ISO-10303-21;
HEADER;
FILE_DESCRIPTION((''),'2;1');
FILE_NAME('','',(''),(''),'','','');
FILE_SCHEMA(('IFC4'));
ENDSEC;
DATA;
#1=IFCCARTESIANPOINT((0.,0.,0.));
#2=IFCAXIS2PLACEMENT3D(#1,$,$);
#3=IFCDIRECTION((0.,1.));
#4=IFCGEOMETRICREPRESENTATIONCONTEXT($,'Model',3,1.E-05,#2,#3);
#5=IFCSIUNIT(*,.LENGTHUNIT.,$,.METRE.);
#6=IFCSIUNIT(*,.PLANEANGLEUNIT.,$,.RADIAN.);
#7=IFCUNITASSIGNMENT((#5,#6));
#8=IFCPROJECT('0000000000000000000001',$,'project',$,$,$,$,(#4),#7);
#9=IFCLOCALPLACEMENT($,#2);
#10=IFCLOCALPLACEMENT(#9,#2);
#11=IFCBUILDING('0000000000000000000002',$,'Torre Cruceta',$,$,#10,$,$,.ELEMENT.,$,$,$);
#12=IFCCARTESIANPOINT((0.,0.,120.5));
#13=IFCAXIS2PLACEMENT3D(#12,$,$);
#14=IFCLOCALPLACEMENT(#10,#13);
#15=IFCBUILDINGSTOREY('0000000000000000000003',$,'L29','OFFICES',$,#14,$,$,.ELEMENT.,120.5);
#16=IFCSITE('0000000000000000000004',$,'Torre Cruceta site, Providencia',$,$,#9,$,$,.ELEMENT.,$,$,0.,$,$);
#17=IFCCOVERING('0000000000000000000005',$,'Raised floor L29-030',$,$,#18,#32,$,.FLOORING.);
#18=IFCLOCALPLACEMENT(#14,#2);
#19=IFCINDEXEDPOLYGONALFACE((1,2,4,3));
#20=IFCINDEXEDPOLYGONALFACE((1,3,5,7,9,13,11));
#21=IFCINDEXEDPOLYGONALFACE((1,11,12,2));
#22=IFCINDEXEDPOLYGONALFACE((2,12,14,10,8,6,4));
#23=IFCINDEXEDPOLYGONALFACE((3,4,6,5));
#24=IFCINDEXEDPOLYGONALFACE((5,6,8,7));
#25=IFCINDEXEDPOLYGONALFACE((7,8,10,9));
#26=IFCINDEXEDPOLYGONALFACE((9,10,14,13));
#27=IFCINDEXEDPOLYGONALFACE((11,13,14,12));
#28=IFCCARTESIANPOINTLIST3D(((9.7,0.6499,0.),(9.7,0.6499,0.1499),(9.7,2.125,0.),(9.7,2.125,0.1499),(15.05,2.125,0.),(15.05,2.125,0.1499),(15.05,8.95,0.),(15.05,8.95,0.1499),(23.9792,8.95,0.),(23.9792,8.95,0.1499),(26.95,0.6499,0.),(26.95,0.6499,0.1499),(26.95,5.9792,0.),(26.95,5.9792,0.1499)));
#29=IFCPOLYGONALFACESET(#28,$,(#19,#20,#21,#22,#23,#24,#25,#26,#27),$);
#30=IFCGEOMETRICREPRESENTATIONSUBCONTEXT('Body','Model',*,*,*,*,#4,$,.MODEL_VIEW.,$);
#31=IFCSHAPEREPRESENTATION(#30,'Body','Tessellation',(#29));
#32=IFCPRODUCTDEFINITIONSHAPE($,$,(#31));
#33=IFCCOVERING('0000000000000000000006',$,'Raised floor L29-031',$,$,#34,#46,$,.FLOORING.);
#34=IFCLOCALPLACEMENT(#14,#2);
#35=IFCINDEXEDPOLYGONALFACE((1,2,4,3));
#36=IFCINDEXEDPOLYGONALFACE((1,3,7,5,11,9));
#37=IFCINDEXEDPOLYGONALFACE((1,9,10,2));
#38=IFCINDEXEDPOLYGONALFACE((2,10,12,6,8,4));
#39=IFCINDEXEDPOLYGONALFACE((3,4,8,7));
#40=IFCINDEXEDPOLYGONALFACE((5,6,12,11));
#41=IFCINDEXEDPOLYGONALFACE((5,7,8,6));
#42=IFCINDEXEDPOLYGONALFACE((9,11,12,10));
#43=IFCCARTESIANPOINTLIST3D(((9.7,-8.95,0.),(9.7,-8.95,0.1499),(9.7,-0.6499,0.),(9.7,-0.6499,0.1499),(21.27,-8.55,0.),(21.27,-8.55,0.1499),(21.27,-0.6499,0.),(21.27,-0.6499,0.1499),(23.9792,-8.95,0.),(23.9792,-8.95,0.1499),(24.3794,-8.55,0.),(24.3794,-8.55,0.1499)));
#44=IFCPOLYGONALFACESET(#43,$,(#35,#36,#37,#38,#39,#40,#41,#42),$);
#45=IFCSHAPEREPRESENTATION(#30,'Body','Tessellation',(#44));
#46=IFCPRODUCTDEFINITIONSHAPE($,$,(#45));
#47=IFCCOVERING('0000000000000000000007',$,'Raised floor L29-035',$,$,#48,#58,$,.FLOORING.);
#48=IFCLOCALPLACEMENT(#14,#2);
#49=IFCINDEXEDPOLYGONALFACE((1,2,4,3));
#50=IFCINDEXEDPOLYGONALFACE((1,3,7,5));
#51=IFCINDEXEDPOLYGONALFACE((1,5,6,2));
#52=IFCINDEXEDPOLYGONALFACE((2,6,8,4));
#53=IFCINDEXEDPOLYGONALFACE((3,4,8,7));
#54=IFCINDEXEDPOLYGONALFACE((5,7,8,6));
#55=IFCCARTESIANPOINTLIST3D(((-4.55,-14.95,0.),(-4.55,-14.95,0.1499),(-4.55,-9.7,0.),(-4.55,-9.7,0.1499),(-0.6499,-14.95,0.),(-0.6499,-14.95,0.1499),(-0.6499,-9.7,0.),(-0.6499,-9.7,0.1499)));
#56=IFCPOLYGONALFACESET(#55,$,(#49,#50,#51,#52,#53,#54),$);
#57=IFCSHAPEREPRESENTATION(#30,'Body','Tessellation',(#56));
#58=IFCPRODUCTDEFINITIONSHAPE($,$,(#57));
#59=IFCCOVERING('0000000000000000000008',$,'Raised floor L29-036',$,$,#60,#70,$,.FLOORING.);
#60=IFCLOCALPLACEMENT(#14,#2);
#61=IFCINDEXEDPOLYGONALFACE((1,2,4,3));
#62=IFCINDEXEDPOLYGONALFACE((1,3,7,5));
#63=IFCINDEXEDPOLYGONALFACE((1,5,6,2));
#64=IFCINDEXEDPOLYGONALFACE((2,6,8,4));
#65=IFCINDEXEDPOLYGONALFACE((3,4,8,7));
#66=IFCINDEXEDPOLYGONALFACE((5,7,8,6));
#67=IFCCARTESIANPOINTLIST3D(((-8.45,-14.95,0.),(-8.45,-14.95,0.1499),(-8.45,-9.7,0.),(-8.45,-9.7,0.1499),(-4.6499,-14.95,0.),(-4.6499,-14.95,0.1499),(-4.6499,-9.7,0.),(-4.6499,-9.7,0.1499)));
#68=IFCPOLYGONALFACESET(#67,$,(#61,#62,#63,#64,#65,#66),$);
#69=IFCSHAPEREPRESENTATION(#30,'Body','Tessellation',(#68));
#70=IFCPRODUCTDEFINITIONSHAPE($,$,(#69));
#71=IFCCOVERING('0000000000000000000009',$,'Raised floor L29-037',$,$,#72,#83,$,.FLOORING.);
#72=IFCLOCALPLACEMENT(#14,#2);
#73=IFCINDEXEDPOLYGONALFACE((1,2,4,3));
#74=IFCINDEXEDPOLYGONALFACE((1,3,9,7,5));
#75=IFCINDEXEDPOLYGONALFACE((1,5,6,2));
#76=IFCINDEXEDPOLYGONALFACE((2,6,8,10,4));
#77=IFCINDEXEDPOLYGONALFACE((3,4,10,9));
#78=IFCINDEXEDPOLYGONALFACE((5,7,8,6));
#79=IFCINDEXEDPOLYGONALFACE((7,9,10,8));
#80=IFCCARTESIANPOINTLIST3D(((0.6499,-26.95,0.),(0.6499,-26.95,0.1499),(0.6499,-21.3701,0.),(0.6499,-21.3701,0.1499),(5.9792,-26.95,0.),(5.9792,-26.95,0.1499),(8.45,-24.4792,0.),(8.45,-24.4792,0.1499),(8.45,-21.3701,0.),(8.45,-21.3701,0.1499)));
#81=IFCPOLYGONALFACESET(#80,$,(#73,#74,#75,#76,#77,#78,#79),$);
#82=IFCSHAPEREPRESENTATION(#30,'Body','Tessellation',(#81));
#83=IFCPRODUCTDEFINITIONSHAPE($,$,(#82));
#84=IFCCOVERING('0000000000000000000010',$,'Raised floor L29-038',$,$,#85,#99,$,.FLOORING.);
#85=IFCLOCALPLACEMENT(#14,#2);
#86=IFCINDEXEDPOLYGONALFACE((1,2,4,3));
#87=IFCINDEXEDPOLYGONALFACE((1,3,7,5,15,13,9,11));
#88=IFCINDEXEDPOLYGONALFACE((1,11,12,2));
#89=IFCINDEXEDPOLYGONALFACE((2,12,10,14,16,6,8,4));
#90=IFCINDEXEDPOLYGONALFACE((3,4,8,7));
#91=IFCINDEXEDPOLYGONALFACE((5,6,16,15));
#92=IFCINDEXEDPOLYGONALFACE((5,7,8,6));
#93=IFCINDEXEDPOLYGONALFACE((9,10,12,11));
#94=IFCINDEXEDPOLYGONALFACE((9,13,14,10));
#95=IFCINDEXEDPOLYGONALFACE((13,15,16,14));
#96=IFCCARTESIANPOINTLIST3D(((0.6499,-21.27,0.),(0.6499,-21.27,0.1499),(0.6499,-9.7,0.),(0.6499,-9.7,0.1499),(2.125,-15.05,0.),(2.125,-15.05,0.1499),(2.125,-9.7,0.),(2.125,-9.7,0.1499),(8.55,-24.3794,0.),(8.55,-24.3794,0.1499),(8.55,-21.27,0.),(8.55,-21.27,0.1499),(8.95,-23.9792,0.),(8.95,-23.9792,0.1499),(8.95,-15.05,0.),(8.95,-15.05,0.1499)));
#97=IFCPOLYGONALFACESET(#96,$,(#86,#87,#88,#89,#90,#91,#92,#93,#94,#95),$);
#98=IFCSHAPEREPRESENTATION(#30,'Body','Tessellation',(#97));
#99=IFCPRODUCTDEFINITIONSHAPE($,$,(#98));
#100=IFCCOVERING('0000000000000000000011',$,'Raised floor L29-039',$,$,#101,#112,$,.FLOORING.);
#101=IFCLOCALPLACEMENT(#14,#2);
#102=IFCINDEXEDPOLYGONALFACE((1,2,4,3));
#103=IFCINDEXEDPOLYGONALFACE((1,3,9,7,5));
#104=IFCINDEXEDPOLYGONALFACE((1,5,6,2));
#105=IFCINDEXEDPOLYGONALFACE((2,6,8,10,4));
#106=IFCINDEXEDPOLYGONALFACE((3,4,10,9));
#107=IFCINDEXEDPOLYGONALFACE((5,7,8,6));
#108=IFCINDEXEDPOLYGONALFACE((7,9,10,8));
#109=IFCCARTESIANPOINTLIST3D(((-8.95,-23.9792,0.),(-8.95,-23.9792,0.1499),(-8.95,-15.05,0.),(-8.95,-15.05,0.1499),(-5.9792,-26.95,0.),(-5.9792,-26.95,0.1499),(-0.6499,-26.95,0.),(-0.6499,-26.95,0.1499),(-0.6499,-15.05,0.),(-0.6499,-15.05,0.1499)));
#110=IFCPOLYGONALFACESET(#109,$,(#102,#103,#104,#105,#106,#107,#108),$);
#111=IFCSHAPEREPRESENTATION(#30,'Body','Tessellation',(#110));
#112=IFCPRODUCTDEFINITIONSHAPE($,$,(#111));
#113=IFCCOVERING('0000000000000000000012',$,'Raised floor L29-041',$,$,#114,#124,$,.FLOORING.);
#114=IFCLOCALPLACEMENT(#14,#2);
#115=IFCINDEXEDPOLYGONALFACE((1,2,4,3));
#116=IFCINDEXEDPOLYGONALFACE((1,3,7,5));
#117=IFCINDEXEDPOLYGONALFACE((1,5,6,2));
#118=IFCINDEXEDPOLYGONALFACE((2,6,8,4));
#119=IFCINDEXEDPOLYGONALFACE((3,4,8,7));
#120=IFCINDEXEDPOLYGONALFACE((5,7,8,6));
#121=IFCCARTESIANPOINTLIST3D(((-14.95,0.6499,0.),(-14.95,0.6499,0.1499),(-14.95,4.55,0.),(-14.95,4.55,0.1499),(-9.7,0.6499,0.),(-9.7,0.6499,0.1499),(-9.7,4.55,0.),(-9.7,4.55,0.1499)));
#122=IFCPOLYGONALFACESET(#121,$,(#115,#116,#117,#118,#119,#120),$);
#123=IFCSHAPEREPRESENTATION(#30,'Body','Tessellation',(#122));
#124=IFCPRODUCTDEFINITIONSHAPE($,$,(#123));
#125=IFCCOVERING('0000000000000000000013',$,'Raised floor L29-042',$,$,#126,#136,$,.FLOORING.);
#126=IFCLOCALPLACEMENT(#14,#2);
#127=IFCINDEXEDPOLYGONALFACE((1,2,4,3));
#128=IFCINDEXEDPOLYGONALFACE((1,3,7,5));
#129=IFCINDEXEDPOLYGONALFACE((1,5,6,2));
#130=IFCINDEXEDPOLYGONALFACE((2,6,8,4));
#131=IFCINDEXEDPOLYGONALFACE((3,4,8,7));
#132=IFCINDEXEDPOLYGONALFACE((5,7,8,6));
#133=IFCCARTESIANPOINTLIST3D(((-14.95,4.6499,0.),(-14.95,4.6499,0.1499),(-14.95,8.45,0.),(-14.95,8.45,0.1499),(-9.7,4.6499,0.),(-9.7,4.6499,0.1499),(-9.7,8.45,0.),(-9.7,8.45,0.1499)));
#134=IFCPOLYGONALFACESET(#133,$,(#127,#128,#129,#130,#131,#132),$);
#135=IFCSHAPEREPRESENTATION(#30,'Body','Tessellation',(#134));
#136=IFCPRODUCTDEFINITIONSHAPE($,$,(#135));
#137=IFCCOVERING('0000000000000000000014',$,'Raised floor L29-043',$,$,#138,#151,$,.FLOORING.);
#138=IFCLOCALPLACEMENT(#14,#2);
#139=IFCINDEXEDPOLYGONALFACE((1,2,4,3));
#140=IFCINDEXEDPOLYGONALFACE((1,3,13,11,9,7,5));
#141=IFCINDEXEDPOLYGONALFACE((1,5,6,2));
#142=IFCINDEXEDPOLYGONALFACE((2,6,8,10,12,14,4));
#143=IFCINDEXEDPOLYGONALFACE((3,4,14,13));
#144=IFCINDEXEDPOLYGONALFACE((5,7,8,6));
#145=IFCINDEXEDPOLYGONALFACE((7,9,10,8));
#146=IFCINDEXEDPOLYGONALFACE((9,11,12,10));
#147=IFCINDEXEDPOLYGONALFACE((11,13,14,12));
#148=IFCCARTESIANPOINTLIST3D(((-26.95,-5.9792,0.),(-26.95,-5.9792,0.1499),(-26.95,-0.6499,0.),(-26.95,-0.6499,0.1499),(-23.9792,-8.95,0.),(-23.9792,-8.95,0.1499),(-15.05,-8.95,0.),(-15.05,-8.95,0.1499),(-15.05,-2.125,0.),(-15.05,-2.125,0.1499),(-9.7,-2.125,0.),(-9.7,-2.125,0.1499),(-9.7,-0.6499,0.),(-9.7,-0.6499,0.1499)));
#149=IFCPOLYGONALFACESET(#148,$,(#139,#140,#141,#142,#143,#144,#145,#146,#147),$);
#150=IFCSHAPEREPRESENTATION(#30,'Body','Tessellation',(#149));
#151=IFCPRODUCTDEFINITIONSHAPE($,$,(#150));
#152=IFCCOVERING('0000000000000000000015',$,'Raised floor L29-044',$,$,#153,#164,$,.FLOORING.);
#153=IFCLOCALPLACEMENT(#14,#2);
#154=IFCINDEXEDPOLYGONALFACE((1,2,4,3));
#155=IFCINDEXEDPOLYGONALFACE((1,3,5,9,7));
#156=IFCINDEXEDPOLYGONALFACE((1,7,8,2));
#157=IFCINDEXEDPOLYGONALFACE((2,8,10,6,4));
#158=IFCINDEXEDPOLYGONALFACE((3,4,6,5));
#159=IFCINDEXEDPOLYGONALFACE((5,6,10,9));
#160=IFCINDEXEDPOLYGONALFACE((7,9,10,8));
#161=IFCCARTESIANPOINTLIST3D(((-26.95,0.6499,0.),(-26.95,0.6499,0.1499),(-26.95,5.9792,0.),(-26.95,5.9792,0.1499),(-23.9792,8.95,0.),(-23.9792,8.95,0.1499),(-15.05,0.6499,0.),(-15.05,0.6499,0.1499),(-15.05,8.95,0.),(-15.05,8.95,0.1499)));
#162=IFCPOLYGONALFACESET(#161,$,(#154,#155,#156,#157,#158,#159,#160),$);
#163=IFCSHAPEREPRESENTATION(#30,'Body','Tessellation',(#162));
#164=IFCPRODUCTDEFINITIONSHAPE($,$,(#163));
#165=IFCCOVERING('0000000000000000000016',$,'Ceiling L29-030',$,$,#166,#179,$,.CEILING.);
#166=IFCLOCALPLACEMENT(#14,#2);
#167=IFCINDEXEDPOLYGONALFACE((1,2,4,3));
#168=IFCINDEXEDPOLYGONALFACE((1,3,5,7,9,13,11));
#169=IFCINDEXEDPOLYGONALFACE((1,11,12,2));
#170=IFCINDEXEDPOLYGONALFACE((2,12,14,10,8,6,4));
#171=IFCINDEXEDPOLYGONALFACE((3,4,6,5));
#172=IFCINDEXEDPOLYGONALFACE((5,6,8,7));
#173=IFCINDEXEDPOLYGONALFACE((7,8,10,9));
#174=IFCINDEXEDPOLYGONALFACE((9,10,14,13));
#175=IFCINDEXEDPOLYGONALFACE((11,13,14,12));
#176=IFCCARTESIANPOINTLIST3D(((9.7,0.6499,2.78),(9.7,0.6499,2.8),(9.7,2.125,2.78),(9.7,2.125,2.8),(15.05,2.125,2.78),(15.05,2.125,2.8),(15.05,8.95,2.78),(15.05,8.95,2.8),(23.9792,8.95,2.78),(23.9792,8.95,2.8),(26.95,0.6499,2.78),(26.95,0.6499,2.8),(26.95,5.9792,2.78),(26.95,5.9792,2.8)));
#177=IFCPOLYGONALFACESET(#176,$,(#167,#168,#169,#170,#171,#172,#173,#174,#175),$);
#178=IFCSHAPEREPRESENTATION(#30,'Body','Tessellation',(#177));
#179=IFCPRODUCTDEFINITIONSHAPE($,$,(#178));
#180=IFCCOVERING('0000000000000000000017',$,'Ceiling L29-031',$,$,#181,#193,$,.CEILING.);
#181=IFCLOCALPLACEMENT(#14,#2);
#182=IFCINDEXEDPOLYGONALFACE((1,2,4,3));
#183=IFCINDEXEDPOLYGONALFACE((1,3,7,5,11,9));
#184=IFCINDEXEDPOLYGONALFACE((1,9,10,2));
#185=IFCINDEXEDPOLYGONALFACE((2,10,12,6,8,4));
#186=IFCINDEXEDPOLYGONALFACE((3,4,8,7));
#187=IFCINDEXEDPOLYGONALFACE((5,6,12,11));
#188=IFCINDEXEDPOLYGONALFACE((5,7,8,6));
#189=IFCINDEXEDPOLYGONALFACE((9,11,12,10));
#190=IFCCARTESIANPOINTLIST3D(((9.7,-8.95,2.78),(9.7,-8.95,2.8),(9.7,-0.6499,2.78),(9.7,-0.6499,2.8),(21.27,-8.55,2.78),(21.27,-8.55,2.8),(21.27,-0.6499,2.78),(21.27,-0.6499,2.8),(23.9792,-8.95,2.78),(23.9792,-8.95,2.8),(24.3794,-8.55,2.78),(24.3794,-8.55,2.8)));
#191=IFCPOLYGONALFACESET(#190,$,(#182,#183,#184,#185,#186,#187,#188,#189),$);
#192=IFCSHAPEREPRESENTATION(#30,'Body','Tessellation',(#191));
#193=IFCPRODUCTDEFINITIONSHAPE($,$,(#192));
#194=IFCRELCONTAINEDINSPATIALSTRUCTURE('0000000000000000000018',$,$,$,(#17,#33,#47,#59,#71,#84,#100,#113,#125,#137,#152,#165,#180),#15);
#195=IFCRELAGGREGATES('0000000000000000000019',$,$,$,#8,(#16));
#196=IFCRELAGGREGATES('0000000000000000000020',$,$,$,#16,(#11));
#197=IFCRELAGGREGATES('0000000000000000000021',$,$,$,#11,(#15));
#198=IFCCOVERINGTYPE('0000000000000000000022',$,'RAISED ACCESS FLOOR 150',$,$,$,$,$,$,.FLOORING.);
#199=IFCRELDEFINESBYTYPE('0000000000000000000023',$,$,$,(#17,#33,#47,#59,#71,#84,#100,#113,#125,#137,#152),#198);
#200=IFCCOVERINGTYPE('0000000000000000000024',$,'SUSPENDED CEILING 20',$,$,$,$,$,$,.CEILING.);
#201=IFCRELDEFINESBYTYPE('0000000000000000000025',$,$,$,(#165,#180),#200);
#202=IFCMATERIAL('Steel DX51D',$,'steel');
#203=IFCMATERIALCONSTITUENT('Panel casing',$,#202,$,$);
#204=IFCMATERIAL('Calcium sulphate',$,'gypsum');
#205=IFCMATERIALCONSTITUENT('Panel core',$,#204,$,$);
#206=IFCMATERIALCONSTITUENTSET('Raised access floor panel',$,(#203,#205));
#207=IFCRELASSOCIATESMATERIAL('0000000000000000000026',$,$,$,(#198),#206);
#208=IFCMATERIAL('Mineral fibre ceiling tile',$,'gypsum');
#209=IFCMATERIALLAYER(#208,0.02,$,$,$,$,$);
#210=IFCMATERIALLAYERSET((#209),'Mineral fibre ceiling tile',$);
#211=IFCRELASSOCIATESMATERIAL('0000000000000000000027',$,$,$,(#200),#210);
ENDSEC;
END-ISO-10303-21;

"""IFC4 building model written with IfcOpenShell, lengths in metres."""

from ifc_helpers import new_model, si_unit, direction, frame, origin, place, context, subcontext, project, spatial, polyline, outline, extrude, material, layer, layer_set, constituent, constituent_set, type_object, element, save


model = new_model("IFC4")

# Units and contexts
model_context = context("Model", 3, precision=1e-05, world=origin(), true_north=direction((0.0, 1.0)))
body_context = subcontext(model_context, "Body", "Model", "MODEL_VIEW")
ifc_project = project(units=[si_unit("LENGTHUNIT", "METRE"), si_unit("PLANEANGLEUNIT", "RADIAN")], contexts=[model_context])

# Site, building, storey
site_placement = place(None, origin())
site = spatial("IfcSite", under=ifc_project, at=site_placement, Name="Torre Cruceta site, Providencia", CompositionType="ELEMENT", RefElevation=0.0)
building_placement = place(site_placement, origin())
building = spatial("IfcBuilding", under=site, at=building_placement, Name="Torre Cruceta", CompositionType="ELEMENT")
storey_placement = place(building_placement, frame((0.0, 0.0, 120.5)))
storey = spatial("IfcBuildingStorey", under=building, at=storey_placement, Name="L29", Description="OFFICES", CompositionType="ELEMENT", Elevation=120.5)

# Coverings
ifc_material_1 = material(Name="Steel DX51D", Category="steel")
ifc_constituent_1 = constituent(ifc_material_1, Name="Panel casing")
ifc_material_2 = material(Name="Calcium sulphate", Category="gypsum")
ifc_constituent_2 = constituent(ifc_material_2, Name="Panel core")
ifc_constituent_set = constituent_set(constituents=[ifc_constituent_1, ifc_constituent_2], Name="Raised access floor panel")
covering_type_1 = type_object("IfcCoveringType", Name="RAISED ACCESS FLOOR 150", PredefinedType="FLOORING", material=ifc_constituent_set)
covering_1_placement = place(storey_placement, origin())
element("IfcCovering", 1, at=covering_1_placement, inside=storey, type_object=covering_type_1, Name="Raised floor L29-030", PredefinedType="FLOORING", context=body_context, shape_type="SweptSolid", body=[
    extrude(outline(polyline([(26.95, 0.6499), (9.7, 0.6499), (9.7, 2.125), (15.05, 2.125), (15.05, 8.95), (23.9792, 8.95), (26.95, 5.9792), (26.95, 0.6499)])), origin(), (0.0, 0.0, 1.0), 0.1499),
])
covering_2_placement = place(storey_placement, origin())
element("IfcCovering", 2, at=covering_2_placement, inside=storey, type_object=covering_type_1, Name="Raised floor L29-031", PredefinedType="FLOORING", context=body_context, shape_type="SweptSolid", body=[
    extrude(outline(polyline([(21.27, -8.55), (24.3794, -8.55), (23.9792, -8.95), (9.7, -8.95), (9.7, -0.6499), (21.27, -0.6499), (21.27, -8.55)])), origin(), (0.0, 0.0, 1.0), 0.1499),
])
covering_3_placement = place(storey_placement, origin())
element("IfcCovering", 3, at=covering_3_placement, inside=storey, type_object=covering_type_1, Name="Raised floor L29-035", PredefinedType="FLOORING", context=body_context, shape_type="SweptSolid", body=[
    extrude(outline(polyline([(-4.55, -9.7), (-0.6499, -9.7), (-0.6499, -14.95), (-4.55, -14.95), (-4.55, -9.7)])), origin(), (0.0, 0.0, 1.0), 0.1499),
])
covering_4_placement = place(storey_placement, origin())
element("IfcCovering", 4, at=covering_4_placement, inside=storey, type_object=covering_type_1, Name="Raised floor L29-036", PredefinedType="FLOORING", context=body_context, shape_type="SweptSolid", body=[
    extrude(outline(polyline([(-8.45, -9.7), (-4.6499, -9.7), (-4.6499, -14.95), (-8.45, -14.95), (-8.45, -9.7)])), origin(), (0.0, 0.0, 1.0), 0.1499),
])
covering_5_placement = place(storey_placement, origin())
element("IfcCovering", 5, at=covering_5_placement, inside=storey, type_object=covering_type_1, Name="Raised floor L29-037", PredefinedType="FLOORING", context=body_context, shape_type="SweptSolid", body=[
    extrude(outline(polyline([(0.6499, -26.95), (0.6499, -21.3701), (8.45, -21.3701), (8.45, -24.4792), (5.9792, -26.95), (0.6499, -26.95)])), origin(), (0.0, 0.0, 1.0), 0.1499),
])
covering_6_placement = place(storey_placement, origin())
element("IfcCovering", 6, at=covering_6_placement, inside=storey, type_object=covering_type_1, Name="Raised floor L29-038", PredefinedType="FLOORING", context=body_context, shape_type="SweptSolid", body=[
    extrude(outline(polyline([(2.125, -9.7), (2.125, -15.05), (8.95, -15.05), (8.95, -23.9792), (8.55, -24.3794), (8.55, -21.27), (0.6499, -21.27), (0.6499, -9.7), (2.125, -9.7)])), origin(), (0.0, 0.0, 1.0), 0.1499),
])
covering_7_placement = place(storey_placement, origin())
element("IfcCovering", 7, at=covering_7_placement, inside=storey, type_object=covering_type_1, Name="Raised floor L29-039", PredefinedType="FLOORING", context=body_context, shape_type="SweptSolid", body=[
    extrude(outline(polyline([(-8.95, -23.9792), (-8.95, -15.05), (-0.6499, -15.05), (-0.6499, -26.95), (-5.9792, -26.95), (-8.95, -23.9792)])), origin(), (0.0, 0.0, 1.0), 0.1499),
])
covering_8_placement = place(storey_placement, origin())
element("IfcCovering", 8, at=covering_8_placement, inside=storey, type_object=covering_type_1, Name="Raised floor L29-041", PredefinedType="FLOORING", context=body_context, shape_type="SweptSolid", body=[
    extrude(outline(polyline([(-9.7, 4.55), (-9.7, 0.6499), (-14.95, 0.6499), (-14.95, 4.55), (-9.7, 4.55)])), origin(), (0.0, 0.0, 1.0), 0.1499),
])
covering_9_placement = place(storey_placement, origin())
element("IfcCovering", 9, at=covering_9_placement, inside=storey, type_object=covering_type_1, Name="Raised floor L29-042", PredefinedType="FLOORING", context=body_context, shape_type="SweptSolid", body=[
    extrude(outline(polyline([(-9.7, 8.45), (-9.7, 4.6499), (-14.95, 4.6499), (-14.95, 8.45), (-9.7, 8.45)])), origin(), (0.0, 0.0, 1.0), 0.1499),
])
covering_10_placement = place(storey_placement, origin())
element("IfcCovering", 10, at=covering_10_placement, inside=storey, type_object=covering_type_1, Name="Raised floor L29-043", PredefinedType="FLOORING", context=body_context, shape_type="SweptSolid", body=[
    extrude(outline(polyline([(-26.95, -0.6499), (-9.7, -0.6499), (-9.7, -2.125), (-15.05, -2.125), (-15.05, -8.95), (-23.9792, -8.95), (-26.95, -5.9792), (-26.95, -0.6499)])), origin(), (0.0, 0.0, 1.0), 0.1499),
])
covering_11_placement = place(storey_placement, origin())
element("IfcCovering", 11, at=covering_11_placement, inside=storey, type_object=covering_type_1, Name="Raised floor L29-044", PredefinedType="FLOORING", context=body_context, shape_type="SweptSolid", body=[
    extrude(outline(polyline([(-26.95, 5.9792), (-23.9792, 8.95), (-15.05, 8.95), (-15.05, 0.6499), (-26.95, 0.6499), (-26.95, 5.9792)])), origin(), (0.0, 0.0, 1.0), 0.1499),
])
ifc_material_3 = material(Name="Mineral fibre ceiling tile", Category="gypsum")
ifc_layer = layer(ifc_material_3, 0.02)
ifc_layer_set = layer_set([ifc_layer], Name="Mineral fibre ceiling tile")
covering_type_2 = type_object("IfcCoveringType", Name="SUSPENDED CEILING 20", PredefinedType="CEILING", material=ifc_layer_set)
covering_12_placement = place(storey_placement, frame((0.0, 0.0, 2.78)))
element("IfcCovering", 12, at=covering_12_placement, inside=storey, type_object=covering_type_2, Name="Ceiling L29-030", PredefinedType="CEILING", context=body_context, shape_type="SweptSolid", body=[
    extrude(outline(polyline([(26.95, 0.6499), (9.7, 0.6499), (9.7, 2.125), (15.05, 2.125), (15.05, 8.95), (23.9792, 8.95), (26.95, 5.9792), (26.95, 0.6499)])), origin(), (0.0, 0.0, 1.0), 0.02),
])
covering_13_placement = place(storey_placement, frame((0.0, 0.0, 2.78)))
element("IfcCovering", 13, at=covering_13_placement, inside=storey, type_object=covering_type_2, Name="Ceiling L29-031", PredefinedType="CEILING", context=body_context, shape_type="SweptSolid", body=[
    extrude(outline(polyline([(21.27, -8.55), (24.3794, -8.55), (23.9792, -8.95), (9.7, -8.95), (9.7, -0.6499), (21.27, -0.6499), (21.27, -8.55)])), origin(), (0.0, 0.0, 1.0), 0.02),
])

save(model, "model.ifc")
